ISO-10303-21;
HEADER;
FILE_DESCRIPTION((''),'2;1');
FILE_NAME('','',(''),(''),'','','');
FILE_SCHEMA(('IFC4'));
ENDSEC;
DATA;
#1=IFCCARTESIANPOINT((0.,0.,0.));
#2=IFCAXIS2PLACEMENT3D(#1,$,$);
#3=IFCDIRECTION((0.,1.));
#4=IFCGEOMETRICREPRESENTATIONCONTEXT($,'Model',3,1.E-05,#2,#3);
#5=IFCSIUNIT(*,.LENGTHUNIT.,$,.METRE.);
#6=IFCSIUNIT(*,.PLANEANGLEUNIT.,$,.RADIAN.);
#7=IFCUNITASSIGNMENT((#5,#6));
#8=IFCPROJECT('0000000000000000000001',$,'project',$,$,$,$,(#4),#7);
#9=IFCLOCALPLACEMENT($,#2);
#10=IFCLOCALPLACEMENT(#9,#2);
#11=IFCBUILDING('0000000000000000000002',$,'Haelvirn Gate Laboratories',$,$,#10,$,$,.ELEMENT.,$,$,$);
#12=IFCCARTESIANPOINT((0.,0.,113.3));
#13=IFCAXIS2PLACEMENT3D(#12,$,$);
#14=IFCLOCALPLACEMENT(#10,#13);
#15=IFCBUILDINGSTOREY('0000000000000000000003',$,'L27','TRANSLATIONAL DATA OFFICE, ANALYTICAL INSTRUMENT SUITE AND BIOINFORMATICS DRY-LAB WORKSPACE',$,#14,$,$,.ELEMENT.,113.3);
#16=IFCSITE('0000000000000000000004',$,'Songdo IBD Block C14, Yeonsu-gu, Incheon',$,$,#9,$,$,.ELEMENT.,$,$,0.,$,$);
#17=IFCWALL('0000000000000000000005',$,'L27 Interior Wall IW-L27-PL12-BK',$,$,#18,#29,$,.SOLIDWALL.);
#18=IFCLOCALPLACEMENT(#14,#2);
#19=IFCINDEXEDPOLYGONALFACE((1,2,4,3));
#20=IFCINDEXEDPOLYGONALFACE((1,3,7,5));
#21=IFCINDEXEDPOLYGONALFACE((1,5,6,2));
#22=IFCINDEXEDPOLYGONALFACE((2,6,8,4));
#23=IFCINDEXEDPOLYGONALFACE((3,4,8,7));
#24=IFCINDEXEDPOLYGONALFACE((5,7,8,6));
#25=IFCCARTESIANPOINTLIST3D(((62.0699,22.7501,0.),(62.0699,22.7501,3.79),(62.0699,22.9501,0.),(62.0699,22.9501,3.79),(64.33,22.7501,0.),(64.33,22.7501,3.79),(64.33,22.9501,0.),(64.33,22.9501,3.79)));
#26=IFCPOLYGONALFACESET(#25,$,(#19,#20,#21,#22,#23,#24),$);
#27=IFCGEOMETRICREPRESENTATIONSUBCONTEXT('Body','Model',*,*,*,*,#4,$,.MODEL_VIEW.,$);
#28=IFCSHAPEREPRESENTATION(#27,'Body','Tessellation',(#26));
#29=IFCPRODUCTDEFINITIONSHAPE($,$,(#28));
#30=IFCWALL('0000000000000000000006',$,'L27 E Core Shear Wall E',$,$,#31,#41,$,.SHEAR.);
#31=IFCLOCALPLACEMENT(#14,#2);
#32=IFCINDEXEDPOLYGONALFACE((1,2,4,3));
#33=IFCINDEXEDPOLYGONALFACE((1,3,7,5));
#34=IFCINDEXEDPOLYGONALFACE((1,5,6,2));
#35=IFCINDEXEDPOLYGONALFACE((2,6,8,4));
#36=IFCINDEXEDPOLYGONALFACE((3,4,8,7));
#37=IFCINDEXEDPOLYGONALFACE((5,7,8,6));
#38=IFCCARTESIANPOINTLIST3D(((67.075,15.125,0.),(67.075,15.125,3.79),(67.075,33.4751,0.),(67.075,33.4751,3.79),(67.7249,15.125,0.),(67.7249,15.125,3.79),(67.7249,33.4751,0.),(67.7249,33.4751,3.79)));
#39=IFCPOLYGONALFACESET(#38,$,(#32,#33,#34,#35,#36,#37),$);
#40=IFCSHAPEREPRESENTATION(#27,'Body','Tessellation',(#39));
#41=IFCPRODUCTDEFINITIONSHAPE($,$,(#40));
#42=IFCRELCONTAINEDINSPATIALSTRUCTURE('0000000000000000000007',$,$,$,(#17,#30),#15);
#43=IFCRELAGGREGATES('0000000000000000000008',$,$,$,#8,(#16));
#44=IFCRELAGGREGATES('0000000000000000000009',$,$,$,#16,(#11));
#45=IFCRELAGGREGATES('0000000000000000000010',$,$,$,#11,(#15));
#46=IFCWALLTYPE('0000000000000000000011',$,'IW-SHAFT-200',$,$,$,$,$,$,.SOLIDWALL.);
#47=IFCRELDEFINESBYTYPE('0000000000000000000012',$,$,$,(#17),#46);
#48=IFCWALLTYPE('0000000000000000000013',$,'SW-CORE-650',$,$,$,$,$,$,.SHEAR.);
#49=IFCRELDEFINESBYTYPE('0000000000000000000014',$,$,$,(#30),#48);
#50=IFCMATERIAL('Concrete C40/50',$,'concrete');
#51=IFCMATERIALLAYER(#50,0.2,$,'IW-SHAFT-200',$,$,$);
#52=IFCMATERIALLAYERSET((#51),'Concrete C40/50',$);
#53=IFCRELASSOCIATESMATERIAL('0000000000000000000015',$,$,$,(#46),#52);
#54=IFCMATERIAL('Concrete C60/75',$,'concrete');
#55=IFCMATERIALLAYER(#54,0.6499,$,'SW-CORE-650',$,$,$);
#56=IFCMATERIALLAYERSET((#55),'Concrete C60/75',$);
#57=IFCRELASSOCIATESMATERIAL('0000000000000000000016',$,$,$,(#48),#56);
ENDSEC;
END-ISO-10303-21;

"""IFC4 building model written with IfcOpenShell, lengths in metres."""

from ifc_helpers import new_model, si_unit, direction, frame, frame_2d, origin, place, context, subcontext, project, spatial, rectangle, extrude, material, layer, layer_set, type_object, element, save


model = new_model("IFC4")

# Units and contexts
model_context = context("Model", 3, precision=1e-05, world=origin(), true_north=direction((0.0, 1.0)))
body_context = subcontext(model_context, "Body", "Model", "MODEL_VIEW")
ifc_project = project(units=[si_unit("LENGTHUNIT", "METRE"), si_unit("PLANEANGLEUNIT", "RADIAN")], contexts=[model_context])

# Site, building, storey
site_placement = place(None, origin())
site = spatial("IfcSite", under=ifc_project, at=site_placement, Name="Songdo IBD Block C14, Yeonsu-gu, Incheon", CompositionType="ELEMENT", RefElevation=0.0)
building_placement = place(site_placement, origin())
building = spatial("IfcBuilding", under=site, at=building_placement, Name="Haelvirn Gate Laboratories", CompositionType="ELEMENT")
storey_placement = place(building_placement, frame((0.0, 0.0, 113.3)))
storey = spatial("IfcBuildingStorey", under=building, at=storey_placement, Name="L27", Description="TRANSLATIONAL DATA OFFICE, ANALYTICAL INSTRUMENT SUITE AND BIOINFORMATICS DRY-LAB WORKSPACE", CompositionType="ELEMENT", Elevation=113.3)

# Shared definitions
ifc_material_1 = material(Name="Concrete C60/75", Category="concrete")

# Shared definitions
ifc_material_2 = material(Name="Concrete C40/50", Category="concrete")

# Shared definitions
ifc_layer_1 = layer(ifc_material_2, 0.2, Name="IW-SHAFT-200")
ifc_layer_set_1 = layer_set([ifc_layer_1], Name="Concrete C40/50")
wall_type_1 = type_object("IfcWallType", Name="IW-SHAFT-200", PredefinedType="SOLIDWALL", material=ifc_layer_set_1)

# Walls
for number, where, z_axis, x_axis, name in (
    (1, (62.0701, 22.8501, 0.0), (0.0, 0.0, 1.0), (1.0, 0.0, 0.0), "L27 Interior Wall IW-L27-PL12-BK"),
):
    element("IfcWall", number, at=place(storey_placement, frame(where, z_axis=z_axis, x_axis=x_axis)), inside=storey, type_object=wall_type_1, Name=name, PredefinedType="SOLIDWALL", context=body_context, shape_type="SweptSolid", body=[
        extrude(rectangle(XDim=2.26, YDim=0.2, at=frame_2d((1.1299, 0.0))), origin(), (0.0, 0.0, 1.0), 3.79),
    ])
ifc_layer_2 = layer(ifc_material_1, 0.6499, Name="SW-CORE-650")
ifc_layer_set_2 = layer_set([ifc_layer_2], Name="Concrete C60/75")
wall_type_2 = type_object("IfcWallType", Name="SW-CORE-650", PredefinedType="SHEAR", material=ifc_layer_set_2)
wall_1_placement = place(storey_placement, frame((67.3999, 15.125, 0.0), z_axis=(0.0, 0.0, 1.0), x_axis=(0.0, 1.0, 0.0)))
element("IfcWall", 2, at=wall_1_placement, inside=storey, type_object=wall_type_2, Name="L27 E Core Shear Wall E", PredefinedType="SHEAR", context=body_context, shape_type="SweptSolid", body=[
    extrude(rectangle(XDim=18.3501, YDim=0.6499, at=frame_2d((9.175, 0.0))), origin(), (0.0, 0.0, 1.0), 3.79),
])

save(model, "model.ifc")
